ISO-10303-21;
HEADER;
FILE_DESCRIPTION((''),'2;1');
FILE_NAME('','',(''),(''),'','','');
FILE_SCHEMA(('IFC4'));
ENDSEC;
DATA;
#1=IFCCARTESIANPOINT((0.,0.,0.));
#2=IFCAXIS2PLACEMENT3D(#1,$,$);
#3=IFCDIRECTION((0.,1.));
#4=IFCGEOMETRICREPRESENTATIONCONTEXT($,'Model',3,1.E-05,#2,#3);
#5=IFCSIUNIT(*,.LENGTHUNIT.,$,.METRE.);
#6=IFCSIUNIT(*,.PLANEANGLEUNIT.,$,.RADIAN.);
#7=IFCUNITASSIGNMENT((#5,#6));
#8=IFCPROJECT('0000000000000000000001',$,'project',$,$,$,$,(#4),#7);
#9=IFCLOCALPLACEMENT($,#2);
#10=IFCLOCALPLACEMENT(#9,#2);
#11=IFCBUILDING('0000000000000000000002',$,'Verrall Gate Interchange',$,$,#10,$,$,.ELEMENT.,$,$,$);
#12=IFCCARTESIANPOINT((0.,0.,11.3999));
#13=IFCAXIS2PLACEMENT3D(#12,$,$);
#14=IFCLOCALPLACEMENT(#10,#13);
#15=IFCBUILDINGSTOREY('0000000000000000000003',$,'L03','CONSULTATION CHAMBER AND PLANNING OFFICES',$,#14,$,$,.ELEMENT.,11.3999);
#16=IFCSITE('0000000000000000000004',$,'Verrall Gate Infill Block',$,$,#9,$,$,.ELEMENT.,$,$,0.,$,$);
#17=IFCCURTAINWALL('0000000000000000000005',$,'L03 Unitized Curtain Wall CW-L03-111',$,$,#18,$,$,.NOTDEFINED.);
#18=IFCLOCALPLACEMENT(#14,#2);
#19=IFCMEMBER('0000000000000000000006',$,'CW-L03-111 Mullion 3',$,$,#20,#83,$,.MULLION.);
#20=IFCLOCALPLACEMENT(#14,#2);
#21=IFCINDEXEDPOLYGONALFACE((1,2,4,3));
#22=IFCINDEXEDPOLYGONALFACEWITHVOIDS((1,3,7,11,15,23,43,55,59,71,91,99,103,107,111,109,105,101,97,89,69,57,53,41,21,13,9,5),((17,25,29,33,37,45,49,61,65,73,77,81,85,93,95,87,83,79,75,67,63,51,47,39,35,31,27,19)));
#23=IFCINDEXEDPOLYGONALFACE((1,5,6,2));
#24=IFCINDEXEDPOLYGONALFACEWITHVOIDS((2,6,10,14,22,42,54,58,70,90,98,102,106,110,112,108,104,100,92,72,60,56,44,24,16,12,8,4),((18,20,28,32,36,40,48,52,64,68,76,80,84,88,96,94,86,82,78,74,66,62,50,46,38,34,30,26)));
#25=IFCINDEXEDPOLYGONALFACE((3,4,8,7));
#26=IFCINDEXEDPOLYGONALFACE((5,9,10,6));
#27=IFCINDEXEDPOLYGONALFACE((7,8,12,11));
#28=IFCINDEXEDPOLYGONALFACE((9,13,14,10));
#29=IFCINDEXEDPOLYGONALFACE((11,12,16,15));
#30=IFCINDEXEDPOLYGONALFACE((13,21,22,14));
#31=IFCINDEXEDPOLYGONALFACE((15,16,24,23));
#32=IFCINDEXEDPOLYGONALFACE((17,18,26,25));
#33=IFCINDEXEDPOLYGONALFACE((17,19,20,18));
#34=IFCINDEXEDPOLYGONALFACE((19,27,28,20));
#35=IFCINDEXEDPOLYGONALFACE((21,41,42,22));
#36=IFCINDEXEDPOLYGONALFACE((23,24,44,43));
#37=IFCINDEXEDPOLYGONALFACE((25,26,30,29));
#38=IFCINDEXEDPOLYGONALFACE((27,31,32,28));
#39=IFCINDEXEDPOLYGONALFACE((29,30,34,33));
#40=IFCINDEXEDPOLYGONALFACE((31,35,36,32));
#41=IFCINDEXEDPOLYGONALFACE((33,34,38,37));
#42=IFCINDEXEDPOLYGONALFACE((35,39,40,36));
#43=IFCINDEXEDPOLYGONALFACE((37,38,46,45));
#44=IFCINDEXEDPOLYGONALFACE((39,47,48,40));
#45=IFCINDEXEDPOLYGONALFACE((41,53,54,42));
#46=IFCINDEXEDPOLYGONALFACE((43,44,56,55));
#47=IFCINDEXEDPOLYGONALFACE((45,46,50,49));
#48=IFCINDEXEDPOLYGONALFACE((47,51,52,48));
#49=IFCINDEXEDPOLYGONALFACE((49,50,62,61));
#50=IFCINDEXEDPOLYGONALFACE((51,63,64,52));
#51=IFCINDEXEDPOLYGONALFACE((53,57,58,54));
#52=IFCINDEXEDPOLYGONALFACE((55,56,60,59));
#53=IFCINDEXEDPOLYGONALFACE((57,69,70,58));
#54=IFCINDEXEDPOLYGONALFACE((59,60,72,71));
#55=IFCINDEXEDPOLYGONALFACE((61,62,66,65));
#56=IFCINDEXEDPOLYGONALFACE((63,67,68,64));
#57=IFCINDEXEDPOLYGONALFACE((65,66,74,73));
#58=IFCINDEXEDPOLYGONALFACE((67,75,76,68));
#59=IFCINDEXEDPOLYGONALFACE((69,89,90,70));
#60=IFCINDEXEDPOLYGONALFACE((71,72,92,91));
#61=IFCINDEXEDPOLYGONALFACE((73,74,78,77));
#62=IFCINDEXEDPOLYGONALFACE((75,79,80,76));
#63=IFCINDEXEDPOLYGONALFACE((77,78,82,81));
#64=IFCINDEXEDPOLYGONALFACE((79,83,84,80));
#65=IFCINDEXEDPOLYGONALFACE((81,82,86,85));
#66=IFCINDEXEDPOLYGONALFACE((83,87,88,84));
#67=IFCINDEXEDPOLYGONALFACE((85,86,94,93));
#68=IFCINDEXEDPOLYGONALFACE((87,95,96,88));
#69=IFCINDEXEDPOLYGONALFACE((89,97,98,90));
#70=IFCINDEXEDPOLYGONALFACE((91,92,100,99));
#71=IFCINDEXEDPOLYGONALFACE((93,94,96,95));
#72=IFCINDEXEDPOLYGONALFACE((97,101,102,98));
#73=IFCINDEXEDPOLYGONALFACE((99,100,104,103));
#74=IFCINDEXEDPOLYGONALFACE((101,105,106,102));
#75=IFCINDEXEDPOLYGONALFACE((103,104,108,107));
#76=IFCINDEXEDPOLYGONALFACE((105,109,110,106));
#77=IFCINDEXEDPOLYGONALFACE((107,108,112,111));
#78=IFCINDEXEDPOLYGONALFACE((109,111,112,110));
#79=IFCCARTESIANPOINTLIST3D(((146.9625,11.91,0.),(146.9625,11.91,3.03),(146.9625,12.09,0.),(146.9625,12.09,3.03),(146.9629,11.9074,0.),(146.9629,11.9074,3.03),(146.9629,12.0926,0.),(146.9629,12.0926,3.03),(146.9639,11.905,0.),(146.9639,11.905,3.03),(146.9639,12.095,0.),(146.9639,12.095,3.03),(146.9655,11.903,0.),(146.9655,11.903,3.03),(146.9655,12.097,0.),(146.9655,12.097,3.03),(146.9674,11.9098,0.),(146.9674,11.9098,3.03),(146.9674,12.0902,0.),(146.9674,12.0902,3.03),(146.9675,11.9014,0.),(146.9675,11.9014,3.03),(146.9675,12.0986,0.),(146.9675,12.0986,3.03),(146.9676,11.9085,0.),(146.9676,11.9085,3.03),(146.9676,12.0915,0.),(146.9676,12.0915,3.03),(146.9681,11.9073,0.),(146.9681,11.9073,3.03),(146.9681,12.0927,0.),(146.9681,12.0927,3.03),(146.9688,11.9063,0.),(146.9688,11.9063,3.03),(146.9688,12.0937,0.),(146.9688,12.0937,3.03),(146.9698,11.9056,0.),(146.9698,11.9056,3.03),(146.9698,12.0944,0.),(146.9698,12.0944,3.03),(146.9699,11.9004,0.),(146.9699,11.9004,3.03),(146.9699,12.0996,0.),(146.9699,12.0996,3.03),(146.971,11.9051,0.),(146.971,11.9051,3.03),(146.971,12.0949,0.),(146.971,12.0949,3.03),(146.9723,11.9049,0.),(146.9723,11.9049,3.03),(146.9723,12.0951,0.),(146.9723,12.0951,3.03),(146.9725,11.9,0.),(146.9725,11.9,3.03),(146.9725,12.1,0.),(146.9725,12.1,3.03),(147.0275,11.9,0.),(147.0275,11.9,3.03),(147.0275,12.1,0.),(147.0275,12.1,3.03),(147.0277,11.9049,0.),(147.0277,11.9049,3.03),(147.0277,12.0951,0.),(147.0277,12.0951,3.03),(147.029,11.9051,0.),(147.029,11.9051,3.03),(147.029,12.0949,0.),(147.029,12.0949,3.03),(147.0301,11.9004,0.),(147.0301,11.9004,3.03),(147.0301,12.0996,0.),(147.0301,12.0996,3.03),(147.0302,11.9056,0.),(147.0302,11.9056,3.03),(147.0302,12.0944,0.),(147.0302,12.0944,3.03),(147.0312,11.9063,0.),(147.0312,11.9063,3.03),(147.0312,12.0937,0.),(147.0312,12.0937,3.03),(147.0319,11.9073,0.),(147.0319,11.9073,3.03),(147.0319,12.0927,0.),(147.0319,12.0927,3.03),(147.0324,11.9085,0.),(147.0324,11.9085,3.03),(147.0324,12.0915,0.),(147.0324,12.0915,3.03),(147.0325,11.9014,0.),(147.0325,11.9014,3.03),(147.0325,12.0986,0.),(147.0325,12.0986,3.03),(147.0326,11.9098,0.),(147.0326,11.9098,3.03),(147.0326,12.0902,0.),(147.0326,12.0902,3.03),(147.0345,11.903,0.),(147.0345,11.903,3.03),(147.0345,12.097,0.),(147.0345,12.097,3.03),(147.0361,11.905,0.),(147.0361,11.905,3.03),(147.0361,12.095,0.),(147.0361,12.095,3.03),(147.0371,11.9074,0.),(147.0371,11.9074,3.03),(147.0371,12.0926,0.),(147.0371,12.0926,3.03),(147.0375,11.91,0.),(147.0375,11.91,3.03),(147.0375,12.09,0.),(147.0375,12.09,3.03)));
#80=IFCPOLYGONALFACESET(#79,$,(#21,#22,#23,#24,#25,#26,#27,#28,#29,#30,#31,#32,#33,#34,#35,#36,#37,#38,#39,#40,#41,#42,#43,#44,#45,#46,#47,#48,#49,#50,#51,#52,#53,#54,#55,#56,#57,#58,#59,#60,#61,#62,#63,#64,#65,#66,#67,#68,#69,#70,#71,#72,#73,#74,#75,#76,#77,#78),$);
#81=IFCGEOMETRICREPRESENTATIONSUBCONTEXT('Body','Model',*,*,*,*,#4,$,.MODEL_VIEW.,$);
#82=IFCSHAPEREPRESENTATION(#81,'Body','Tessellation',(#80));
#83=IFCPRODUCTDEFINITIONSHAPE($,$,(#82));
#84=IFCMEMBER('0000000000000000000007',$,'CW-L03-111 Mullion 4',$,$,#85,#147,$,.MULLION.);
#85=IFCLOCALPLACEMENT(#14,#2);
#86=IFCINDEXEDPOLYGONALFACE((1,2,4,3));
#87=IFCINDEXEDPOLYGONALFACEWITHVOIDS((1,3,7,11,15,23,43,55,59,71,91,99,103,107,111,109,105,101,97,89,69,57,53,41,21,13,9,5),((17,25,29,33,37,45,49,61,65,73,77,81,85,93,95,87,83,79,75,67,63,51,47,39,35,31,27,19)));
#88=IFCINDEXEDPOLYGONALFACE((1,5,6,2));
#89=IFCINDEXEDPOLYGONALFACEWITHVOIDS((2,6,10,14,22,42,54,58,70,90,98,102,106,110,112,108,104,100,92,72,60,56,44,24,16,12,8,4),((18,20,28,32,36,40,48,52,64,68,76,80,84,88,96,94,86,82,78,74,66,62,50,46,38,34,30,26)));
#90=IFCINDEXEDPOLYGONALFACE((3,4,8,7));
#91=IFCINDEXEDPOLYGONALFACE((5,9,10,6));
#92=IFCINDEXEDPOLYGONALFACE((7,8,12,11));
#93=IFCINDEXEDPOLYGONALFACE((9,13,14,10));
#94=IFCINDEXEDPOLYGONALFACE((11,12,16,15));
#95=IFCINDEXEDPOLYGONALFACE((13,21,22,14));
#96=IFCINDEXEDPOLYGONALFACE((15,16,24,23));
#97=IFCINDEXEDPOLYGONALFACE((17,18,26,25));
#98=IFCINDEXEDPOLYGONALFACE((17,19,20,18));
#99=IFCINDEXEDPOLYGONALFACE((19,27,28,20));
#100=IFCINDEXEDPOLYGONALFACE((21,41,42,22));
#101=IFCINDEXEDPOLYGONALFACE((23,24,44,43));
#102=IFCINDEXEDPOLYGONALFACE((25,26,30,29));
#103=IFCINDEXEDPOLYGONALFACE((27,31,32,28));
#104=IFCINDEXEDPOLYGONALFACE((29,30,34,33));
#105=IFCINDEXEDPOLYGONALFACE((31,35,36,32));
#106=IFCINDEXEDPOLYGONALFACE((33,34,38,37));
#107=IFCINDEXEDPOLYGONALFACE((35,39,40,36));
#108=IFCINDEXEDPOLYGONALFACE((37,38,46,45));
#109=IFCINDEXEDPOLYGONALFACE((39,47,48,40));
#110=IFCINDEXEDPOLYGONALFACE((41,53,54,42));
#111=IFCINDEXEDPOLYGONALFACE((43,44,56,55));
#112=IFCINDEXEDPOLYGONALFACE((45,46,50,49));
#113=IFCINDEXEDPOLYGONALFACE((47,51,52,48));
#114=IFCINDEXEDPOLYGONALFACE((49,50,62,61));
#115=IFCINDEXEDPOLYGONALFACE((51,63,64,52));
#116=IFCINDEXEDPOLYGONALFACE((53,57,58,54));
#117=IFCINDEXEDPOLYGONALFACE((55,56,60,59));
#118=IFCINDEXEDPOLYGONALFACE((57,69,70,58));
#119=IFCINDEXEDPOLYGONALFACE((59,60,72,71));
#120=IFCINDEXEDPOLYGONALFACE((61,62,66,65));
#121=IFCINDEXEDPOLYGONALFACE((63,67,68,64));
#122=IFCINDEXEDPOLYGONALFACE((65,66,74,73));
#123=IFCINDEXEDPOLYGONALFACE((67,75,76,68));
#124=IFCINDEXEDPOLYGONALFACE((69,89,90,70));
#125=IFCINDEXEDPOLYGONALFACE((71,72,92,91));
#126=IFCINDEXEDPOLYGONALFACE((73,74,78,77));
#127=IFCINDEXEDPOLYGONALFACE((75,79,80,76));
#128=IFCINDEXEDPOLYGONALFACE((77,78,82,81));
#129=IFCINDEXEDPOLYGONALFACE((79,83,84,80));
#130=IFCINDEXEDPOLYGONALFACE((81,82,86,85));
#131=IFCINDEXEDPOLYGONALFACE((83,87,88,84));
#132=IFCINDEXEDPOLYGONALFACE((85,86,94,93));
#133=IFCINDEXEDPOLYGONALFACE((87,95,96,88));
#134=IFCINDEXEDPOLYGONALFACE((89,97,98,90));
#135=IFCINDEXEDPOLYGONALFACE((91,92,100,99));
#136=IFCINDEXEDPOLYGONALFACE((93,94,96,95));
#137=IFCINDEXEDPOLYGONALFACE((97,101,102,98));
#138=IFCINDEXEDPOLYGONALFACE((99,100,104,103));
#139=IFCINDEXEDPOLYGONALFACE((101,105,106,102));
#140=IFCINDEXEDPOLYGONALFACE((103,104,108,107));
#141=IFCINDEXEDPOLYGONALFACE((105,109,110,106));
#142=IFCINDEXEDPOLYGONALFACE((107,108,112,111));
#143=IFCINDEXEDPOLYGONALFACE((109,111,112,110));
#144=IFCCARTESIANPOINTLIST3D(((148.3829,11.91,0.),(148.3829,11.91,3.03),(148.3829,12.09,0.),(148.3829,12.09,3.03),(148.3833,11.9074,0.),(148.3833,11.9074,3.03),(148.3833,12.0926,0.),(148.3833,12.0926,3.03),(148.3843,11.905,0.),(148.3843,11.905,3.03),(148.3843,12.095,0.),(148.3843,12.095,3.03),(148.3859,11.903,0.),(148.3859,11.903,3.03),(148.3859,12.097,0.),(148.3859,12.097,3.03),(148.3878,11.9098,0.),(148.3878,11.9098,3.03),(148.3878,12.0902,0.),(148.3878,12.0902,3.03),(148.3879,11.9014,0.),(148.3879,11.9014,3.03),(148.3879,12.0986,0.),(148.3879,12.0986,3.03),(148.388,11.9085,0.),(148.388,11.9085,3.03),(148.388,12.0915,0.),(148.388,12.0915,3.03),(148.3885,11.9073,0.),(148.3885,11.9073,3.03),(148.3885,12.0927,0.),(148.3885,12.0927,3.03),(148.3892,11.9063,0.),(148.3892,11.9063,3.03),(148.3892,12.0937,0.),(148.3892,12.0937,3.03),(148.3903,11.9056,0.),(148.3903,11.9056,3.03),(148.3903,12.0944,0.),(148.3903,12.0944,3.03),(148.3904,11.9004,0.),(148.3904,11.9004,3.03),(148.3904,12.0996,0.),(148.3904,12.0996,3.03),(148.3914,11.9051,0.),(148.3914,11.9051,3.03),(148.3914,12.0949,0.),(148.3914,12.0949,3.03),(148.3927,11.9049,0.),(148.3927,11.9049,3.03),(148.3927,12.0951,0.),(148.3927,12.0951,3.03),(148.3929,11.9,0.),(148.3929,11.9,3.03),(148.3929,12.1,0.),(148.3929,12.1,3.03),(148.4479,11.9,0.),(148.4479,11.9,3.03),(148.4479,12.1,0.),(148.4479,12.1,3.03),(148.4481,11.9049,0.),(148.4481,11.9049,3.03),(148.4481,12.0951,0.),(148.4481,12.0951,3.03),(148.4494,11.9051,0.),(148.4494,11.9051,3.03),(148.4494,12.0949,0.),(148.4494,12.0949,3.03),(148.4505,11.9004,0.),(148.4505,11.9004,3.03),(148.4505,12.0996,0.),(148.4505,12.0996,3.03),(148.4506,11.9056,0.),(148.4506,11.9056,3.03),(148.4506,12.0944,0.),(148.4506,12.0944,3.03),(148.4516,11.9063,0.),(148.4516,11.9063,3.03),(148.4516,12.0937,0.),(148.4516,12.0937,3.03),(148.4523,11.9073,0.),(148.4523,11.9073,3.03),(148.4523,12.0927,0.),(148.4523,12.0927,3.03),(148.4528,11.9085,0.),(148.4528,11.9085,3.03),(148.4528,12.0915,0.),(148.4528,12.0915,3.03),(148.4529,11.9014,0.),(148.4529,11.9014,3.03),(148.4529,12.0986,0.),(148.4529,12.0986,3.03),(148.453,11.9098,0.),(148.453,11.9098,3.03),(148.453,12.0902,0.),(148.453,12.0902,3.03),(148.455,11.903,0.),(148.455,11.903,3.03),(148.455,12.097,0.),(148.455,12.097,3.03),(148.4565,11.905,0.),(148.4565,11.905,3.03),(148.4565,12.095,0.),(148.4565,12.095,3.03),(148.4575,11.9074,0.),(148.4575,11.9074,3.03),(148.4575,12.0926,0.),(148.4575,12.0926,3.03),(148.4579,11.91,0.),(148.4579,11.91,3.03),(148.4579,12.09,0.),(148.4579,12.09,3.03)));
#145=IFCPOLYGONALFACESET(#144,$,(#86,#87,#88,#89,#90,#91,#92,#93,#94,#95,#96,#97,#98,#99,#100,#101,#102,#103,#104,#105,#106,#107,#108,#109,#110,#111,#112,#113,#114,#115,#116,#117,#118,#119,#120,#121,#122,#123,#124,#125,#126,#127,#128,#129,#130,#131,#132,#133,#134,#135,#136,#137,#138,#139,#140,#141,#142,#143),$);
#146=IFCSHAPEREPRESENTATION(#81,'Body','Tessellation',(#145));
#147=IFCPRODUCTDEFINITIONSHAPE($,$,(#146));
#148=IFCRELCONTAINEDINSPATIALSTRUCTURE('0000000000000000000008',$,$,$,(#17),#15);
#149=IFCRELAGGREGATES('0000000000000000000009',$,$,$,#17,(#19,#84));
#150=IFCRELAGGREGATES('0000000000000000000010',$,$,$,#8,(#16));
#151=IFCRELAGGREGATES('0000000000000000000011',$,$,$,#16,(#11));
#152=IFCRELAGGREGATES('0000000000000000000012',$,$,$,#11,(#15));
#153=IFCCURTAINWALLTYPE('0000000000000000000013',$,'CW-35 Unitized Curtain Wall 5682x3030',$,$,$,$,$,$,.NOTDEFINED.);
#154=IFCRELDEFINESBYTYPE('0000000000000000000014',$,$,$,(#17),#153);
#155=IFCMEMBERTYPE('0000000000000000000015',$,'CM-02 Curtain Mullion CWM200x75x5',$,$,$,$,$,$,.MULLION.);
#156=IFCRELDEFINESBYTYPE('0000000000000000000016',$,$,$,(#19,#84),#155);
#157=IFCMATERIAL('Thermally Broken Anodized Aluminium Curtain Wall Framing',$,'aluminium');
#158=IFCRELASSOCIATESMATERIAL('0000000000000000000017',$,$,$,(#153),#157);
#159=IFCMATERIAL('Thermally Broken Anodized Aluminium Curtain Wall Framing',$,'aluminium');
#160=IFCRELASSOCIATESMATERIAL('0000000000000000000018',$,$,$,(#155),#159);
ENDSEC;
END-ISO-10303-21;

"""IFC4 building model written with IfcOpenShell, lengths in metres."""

from ifc_helpers import new_model, si_unit, direction, frame, origin, origin_2d, place, context, subcontext, project, spatial, hollow_rectangle, extrude, material, material_profile, profile_set, type_object, element, aggregate, save


model = new_model("IFC4")

# Units and contexts
model_context = context("Model", 3, precision=1e-05, world=origin(), true_north=direction((0.0, 1.0)))
body_context = subcontext(model_context, "Body", "Model", "MODEL_VIEW")
ifc_project = project(units=[si_unit("LENGTHUNIT", "METRE"), si_unit("PLANEANGLEUNIT", "RADIAN")], contexts=[model_context])

# Site, building, storey
site_placement = place(None, origin())
site = spatial("IfcSite", under=ifc_project, at=site_placement, Name="Verrall Gate Infill Block", CompositionType="ELEMENT", RefElevation=0.0)
building_placement = place(site_placement, origin())
building = spatial("IfcBuilding", under=site, at=building_placement, Name="Verrall Gate Interchange", CompositionType="ELEMENT")
storey_placement = place(building_placement, frame((0.0, 0.0, 11.3999)))
storey = spatial("IfcBuildingStorey", under=building, at=storey_placement, Name="L03", Description="CONSULTATION CHAMBER AND PLANNING OFFICES", CompositionType="ELEMENT", Elevation=11.3999)

# Curtain wall, members
ifc_material_1 = material(Name="Thermally Broken Anodized Aluminium Curtain Wall Framing", Category="aluminium")
curtain_wall_type = type_object("IfcCurtainWallType", Name="CW-35 Unitized Curtain Wall 5682x3030", PredefinedType="NOTDEFINED", material=ifc_material_1)
curtain_wall_placement = place(storey_placement, origin())
curtain_wall = element("IfcCurtainWall", 1, at=curtain_wall_placement, inside=storey, type_object=curtain_wall_type, Name="L03 Unitized Curtain Wall CW-L03-111", PredefinedType="NOTDEFINED")
ifc_material_2 = material(Name="Thermally Broken Anodized Aluminium Curtain Wall Framing", Category="aluminium")
ifc_material_profile_1 = material_profile(ifc_material_2, hollow_rectangle(XDim=0.075, YDim=0.2, WallThickness=0.0049, InnerFilletRadius=0.0049, OuterFilletRadius=0.01, at=origin_2d()), Name="CWM200x75x5")
ifc_profile_set_1 = profile_set([ifc_material_profile_1], Name="Thermally Broken Anodized Aluminium Curtain Wall Framing")
member_type_1 = type_object("IfcMemberType", Name="CM-02 Curtain Mullion CWM200x75x5", PredefinedType="MULLION", material=ifc_profile_set_1)
member_1_placement = place(storey_placement, frame((147.0, 12.0, 0.0), z_axis=(0.0, 0.0, 1.0), x_axis=(1.0, 0.0, 0.0)))
member_1 = element("IfcMember", 2, at=member_1_placement, type_object=member_type_1, Name="CW-L03-111 Mullion 3", PredefinedType="MULLION", context=body_context, shape_type="SweptSolid", body=[
    extrude(hollow_rectangle(XDim=0.075, YDim=0.2, WallThickness=0.0049, InnerFilletRadius=0.0049, OuterFilletRadius=0.01, at=origin_2d()), origin(), (0.0, 0.0, 1.0), 3.03),
])
member_2_placement = place(storey_placement, frame((148.4204, 12.0, 0.0), z_axis=(0.0, 0.0, 1.0), x_axis=(1.0, 0.0, 0.0)))
member_2 = element("IfcMember", 3, at=member_2_placement, type_object=member_type_1, Name="CW-L03-111 Mullion 4", PredefinedType="MULLION", context=body_context, shape_type="SweptSolid", body=[
    extrude(hollow_rectangle(XDim=0.075, YDim=0.2, WallThickness=0.0049, InnerFilletRadius=0.0049, OuterFilletRadius=0.01, at=origin_2d()), origin(), (0.0, 0.0, 1.0), 3.03),
])

aggregate(curtain_wall, [member_1, member_2])

save(model, "model.ifc")
